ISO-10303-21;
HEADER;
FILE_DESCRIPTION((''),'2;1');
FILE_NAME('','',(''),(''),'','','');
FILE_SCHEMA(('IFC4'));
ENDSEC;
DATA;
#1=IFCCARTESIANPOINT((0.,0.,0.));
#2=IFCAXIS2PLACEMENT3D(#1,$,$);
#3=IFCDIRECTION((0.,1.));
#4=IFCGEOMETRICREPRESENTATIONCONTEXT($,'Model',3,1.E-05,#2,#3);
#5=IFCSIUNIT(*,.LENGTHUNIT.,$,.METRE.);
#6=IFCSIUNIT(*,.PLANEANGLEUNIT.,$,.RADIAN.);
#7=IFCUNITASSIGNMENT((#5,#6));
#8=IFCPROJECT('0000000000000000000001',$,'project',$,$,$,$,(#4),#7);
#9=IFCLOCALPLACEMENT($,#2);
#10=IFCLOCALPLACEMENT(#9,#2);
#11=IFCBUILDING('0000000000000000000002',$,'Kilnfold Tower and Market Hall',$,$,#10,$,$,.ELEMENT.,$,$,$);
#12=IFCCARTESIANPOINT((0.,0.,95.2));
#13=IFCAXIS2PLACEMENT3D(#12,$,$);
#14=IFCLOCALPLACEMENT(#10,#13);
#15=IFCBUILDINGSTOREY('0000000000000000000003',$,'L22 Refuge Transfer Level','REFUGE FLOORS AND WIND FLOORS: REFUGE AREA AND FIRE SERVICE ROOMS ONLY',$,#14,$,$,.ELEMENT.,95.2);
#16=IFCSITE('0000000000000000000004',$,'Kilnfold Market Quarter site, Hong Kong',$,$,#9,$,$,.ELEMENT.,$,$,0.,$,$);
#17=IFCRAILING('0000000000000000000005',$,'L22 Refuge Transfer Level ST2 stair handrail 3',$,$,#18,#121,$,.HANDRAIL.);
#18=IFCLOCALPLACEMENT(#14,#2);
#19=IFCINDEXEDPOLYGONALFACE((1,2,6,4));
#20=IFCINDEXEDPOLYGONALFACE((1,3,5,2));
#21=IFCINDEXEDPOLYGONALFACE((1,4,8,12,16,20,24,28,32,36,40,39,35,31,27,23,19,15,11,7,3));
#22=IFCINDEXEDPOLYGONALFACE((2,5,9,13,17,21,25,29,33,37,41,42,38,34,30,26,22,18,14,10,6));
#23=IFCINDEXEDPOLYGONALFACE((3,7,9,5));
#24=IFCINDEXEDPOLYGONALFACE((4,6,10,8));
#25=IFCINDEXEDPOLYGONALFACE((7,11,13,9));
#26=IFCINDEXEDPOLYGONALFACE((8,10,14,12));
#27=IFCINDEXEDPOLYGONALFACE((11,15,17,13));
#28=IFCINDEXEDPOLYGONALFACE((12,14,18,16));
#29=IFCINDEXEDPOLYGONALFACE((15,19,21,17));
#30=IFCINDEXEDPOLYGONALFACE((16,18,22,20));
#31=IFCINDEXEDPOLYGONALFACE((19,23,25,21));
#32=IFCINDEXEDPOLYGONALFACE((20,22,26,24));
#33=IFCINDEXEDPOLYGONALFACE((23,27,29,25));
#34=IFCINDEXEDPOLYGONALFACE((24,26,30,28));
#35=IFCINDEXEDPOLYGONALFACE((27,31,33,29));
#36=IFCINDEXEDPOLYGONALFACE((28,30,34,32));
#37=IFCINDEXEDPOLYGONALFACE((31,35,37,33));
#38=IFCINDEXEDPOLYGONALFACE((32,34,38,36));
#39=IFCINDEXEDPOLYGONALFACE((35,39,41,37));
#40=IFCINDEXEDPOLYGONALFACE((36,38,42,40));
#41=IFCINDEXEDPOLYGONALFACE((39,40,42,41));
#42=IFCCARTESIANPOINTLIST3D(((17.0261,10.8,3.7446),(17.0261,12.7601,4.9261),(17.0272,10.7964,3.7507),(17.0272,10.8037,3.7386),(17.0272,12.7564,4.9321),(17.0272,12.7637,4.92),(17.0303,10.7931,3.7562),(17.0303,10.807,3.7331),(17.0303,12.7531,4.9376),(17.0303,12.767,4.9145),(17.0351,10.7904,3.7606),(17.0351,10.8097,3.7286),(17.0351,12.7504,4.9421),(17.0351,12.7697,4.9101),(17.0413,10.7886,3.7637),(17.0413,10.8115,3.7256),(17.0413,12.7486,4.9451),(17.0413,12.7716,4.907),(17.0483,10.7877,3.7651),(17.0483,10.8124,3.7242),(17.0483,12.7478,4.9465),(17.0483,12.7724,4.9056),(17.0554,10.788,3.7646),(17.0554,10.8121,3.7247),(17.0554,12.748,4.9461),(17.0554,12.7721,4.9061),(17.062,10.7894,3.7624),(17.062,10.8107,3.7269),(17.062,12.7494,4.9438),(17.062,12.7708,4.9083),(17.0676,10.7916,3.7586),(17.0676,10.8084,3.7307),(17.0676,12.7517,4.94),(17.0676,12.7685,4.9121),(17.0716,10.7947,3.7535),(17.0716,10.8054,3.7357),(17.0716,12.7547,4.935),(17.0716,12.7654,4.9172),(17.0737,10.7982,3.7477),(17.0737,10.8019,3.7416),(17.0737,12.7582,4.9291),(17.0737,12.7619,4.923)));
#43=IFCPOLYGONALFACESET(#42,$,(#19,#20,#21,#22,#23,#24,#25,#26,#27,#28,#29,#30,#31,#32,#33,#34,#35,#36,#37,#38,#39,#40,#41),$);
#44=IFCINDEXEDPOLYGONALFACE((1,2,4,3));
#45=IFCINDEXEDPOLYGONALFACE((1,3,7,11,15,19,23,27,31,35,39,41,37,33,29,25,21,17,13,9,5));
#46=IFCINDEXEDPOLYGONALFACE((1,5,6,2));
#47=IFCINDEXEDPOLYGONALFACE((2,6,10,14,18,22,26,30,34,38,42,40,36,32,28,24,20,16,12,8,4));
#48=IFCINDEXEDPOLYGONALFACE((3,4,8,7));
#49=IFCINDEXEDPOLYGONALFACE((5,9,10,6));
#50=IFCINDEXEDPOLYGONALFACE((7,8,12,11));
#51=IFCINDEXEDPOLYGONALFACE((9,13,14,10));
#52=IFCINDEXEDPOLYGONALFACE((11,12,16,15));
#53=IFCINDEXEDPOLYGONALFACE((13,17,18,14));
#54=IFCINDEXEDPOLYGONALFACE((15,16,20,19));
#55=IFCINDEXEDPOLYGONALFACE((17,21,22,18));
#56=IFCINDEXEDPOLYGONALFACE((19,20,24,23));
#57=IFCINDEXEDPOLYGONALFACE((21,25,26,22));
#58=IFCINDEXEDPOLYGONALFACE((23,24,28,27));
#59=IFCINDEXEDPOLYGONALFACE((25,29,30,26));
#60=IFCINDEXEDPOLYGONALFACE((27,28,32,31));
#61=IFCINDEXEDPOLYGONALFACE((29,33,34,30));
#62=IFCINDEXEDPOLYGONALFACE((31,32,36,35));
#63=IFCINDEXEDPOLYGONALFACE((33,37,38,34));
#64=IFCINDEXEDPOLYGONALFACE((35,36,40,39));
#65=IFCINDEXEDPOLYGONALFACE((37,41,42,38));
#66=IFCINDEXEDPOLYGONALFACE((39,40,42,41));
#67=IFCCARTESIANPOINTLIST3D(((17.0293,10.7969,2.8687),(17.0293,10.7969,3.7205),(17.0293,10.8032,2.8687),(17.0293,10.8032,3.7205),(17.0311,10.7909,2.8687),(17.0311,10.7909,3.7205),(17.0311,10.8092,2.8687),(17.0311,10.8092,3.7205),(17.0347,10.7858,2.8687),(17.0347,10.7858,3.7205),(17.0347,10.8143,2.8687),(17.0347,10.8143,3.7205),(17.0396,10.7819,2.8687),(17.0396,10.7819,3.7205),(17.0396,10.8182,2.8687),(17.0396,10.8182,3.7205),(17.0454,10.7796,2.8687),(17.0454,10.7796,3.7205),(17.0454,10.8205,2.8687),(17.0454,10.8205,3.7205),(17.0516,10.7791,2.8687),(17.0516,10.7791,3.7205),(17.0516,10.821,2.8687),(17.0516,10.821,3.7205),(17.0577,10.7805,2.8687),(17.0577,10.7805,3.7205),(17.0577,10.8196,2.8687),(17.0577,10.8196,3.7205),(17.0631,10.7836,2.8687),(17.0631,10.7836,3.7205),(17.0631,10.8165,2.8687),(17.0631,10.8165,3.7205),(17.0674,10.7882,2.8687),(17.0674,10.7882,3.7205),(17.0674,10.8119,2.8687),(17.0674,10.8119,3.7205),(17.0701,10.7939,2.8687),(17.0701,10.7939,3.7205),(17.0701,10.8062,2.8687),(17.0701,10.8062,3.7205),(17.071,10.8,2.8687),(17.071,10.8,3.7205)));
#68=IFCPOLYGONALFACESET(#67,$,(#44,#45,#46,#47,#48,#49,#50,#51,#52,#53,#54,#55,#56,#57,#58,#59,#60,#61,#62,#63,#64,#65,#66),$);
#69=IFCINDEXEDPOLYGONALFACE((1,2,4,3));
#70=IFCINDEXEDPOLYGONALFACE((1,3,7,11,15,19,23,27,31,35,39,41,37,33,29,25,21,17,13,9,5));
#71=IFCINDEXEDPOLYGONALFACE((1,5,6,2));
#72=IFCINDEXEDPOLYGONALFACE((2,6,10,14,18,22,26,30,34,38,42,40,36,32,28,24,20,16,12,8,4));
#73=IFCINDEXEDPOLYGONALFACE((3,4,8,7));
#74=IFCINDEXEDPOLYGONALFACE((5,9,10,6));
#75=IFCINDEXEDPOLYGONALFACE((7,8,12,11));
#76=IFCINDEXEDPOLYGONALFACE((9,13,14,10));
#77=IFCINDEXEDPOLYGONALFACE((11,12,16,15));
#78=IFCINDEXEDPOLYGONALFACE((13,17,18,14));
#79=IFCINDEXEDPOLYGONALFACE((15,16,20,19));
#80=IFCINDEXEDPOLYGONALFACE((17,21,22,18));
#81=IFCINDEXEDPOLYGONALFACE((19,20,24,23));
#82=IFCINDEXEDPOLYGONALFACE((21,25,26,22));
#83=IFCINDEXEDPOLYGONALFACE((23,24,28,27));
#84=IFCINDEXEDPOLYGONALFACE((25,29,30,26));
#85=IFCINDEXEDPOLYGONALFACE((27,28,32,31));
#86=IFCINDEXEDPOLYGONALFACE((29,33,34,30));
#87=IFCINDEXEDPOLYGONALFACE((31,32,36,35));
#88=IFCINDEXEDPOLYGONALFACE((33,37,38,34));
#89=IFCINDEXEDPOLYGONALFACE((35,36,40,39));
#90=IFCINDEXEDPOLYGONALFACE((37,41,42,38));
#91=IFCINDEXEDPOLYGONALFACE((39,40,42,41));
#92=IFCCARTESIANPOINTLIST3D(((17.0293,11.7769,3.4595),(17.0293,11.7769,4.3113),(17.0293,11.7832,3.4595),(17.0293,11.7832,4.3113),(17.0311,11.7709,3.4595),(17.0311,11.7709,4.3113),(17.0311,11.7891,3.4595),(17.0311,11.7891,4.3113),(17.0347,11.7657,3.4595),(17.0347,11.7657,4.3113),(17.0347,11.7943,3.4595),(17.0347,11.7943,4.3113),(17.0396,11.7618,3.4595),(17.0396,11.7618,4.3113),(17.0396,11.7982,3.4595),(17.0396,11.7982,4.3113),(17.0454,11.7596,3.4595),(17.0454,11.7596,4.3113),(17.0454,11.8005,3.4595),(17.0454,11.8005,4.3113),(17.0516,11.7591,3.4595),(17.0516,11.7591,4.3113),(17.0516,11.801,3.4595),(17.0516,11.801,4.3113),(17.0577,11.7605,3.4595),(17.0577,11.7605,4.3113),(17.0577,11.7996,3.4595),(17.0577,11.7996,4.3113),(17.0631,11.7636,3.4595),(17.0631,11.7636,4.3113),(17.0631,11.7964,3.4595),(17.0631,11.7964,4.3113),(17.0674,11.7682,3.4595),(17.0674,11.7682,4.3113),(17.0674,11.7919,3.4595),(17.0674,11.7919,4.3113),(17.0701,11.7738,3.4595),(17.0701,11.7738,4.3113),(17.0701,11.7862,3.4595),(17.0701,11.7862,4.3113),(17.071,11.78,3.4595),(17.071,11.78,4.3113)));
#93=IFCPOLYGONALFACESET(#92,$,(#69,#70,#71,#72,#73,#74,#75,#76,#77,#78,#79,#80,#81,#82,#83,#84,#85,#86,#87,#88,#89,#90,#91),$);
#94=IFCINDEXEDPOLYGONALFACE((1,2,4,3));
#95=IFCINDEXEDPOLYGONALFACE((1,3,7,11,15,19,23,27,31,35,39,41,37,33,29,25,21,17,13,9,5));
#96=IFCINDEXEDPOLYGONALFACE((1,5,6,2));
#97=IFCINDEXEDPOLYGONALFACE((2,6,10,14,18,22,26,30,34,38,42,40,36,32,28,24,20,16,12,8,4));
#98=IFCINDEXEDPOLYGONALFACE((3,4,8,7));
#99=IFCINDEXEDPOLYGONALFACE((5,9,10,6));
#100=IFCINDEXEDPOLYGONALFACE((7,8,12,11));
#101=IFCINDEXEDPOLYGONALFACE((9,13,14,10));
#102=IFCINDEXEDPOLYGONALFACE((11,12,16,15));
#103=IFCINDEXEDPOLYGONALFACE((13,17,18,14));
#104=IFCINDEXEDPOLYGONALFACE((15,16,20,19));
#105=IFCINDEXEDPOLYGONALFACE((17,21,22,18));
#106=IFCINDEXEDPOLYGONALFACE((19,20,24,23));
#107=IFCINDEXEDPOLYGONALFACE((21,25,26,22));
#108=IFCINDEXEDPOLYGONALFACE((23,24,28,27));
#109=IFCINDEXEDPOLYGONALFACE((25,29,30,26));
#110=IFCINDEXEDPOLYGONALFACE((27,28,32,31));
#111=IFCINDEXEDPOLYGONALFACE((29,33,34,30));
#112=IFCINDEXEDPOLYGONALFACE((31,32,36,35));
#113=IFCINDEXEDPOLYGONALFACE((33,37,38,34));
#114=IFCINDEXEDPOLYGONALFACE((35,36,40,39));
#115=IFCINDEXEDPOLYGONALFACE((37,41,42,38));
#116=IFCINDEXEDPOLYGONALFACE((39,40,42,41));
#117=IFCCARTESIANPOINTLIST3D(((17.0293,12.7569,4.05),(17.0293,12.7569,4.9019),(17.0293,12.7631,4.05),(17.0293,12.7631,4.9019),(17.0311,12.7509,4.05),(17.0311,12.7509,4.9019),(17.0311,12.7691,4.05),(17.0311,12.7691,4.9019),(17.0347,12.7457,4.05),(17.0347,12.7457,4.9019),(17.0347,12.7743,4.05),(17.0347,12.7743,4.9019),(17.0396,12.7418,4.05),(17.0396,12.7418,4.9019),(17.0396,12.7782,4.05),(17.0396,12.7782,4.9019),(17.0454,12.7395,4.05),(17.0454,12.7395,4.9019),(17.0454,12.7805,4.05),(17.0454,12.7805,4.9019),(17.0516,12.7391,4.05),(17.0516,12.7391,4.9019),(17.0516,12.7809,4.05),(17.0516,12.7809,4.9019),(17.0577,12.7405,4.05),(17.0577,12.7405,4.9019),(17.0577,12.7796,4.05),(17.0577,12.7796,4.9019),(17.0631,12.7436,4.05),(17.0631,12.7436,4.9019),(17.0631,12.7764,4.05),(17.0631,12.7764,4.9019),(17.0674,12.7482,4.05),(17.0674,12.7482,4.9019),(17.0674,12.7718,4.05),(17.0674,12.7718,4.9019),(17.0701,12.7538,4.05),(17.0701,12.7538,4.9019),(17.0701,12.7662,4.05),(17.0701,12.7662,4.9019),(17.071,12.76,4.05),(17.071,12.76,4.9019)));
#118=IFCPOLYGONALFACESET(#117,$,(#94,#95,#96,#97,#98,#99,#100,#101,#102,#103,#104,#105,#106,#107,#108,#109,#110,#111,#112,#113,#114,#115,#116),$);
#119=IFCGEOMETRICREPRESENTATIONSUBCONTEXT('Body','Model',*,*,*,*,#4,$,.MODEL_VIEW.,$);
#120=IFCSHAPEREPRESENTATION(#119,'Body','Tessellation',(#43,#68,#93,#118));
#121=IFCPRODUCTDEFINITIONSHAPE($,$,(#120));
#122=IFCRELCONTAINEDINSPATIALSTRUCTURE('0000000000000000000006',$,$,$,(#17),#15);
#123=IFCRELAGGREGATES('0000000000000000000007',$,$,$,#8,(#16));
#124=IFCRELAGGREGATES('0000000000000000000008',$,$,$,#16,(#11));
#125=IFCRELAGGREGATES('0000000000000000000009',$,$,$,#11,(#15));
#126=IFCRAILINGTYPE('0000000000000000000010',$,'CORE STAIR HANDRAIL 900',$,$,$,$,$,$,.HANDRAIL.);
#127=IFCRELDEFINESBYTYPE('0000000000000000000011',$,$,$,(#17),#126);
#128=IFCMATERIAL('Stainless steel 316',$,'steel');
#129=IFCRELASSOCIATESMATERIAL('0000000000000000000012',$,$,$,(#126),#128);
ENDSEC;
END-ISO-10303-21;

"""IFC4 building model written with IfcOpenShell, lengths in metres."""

from ifc_helpers import new_model, si_unit, direction, frame, origin, origin_2d, place, context, subcontext, project, spatial, circle, extrude, material, type_object, element, save


model = new_model("IFC4")

# Units and contexts
model_context = context("Model", 3, precision=1e-05, world=origin(), true_north=direction((0.0, 1.0)))
body_context = subcontext(model_context, "Body", "Model", "MODEL_VIEW")
ifc_project = project(units=[si_unit("LENGTHUNIT", "METRE"), si_unit("PLANEANGLEUNIT", "RADIAN")], contexts=[model_context])

# Site, building, storey
site_placement = place(None, origin())
site = spatial("IfcSite", under=ifc_project, at=site_placement, Name="Kilnfold Market Quarter site, Hong Kong", CompositionType="ELEMENT", RefElevation=0.0)
building_placement = place(site_placement, origin())
building = spatial("IfcBuilding", under=site, at=building_placement, Name="Kilnfold Tower and Market Hall", CompositionType="ELEMENT")
storey_placement = place(building_placement, frame((0.0, 0.0, 95.2)))
storey = spatial("IfcBuildingStorey", under=building, at=storey_placement, Name="L22 Refuge Transfer Level", Description="REFUGE FLOORS AND WIND FLOORS: REFUGE AREA AND FIRE SERVICE ROOMS ONLY", CompositionType="ELEMENT", Elevation=95.2)

# Railing
ifc_material_1 = material(Name="Stainless steel 316", Category="steel")
railing_type_1 = type_object("IfcRailingType", Name="CORE STAIR HANDRAIL 900", PredefinedType="HANDRAIL", material=ifc_material_1)
railing_1_placement = place(storey_placement, frame((17.05, 10.8, 2.8687)))
element("IfcRailing", 1, at=railing_1_placement, inside=storey, type_object=railing_type_1, Name="L22 Refuge Transfer Level ST2 stair handrail 3", PredefinedType="HANDRAIL", context=body_context, shape_type="SweptSolid", body=[
    extrude(circle(Radius=0.0239, at=origin_2d()), frame((0.0, 0.0, 0.876), z_axis=(0.0, 0.856446, 0.516236), x_axis=(-1.0, 0.0, 0.0)), (0.0, 0.0, 1.0), 2.2886),
    extrude(circle(Radius=0.021, at=origin_2d()), origin(), (0.0, 0.0, 1.0), 0.8518),
    extrude(circle(Radius=0.021, at=origin_2d()), frame((0.0, 0.98, 0.5908)), (0.0, 0.0, 1.0), 0.8518),
    extrude(circle(Radius=0.021, at=origin_2d()), frame((0.0, 1.96, 1.1814)), (0.0, 0.0, 1.0), 0.8518),
])

save(model, "model.ifc")
